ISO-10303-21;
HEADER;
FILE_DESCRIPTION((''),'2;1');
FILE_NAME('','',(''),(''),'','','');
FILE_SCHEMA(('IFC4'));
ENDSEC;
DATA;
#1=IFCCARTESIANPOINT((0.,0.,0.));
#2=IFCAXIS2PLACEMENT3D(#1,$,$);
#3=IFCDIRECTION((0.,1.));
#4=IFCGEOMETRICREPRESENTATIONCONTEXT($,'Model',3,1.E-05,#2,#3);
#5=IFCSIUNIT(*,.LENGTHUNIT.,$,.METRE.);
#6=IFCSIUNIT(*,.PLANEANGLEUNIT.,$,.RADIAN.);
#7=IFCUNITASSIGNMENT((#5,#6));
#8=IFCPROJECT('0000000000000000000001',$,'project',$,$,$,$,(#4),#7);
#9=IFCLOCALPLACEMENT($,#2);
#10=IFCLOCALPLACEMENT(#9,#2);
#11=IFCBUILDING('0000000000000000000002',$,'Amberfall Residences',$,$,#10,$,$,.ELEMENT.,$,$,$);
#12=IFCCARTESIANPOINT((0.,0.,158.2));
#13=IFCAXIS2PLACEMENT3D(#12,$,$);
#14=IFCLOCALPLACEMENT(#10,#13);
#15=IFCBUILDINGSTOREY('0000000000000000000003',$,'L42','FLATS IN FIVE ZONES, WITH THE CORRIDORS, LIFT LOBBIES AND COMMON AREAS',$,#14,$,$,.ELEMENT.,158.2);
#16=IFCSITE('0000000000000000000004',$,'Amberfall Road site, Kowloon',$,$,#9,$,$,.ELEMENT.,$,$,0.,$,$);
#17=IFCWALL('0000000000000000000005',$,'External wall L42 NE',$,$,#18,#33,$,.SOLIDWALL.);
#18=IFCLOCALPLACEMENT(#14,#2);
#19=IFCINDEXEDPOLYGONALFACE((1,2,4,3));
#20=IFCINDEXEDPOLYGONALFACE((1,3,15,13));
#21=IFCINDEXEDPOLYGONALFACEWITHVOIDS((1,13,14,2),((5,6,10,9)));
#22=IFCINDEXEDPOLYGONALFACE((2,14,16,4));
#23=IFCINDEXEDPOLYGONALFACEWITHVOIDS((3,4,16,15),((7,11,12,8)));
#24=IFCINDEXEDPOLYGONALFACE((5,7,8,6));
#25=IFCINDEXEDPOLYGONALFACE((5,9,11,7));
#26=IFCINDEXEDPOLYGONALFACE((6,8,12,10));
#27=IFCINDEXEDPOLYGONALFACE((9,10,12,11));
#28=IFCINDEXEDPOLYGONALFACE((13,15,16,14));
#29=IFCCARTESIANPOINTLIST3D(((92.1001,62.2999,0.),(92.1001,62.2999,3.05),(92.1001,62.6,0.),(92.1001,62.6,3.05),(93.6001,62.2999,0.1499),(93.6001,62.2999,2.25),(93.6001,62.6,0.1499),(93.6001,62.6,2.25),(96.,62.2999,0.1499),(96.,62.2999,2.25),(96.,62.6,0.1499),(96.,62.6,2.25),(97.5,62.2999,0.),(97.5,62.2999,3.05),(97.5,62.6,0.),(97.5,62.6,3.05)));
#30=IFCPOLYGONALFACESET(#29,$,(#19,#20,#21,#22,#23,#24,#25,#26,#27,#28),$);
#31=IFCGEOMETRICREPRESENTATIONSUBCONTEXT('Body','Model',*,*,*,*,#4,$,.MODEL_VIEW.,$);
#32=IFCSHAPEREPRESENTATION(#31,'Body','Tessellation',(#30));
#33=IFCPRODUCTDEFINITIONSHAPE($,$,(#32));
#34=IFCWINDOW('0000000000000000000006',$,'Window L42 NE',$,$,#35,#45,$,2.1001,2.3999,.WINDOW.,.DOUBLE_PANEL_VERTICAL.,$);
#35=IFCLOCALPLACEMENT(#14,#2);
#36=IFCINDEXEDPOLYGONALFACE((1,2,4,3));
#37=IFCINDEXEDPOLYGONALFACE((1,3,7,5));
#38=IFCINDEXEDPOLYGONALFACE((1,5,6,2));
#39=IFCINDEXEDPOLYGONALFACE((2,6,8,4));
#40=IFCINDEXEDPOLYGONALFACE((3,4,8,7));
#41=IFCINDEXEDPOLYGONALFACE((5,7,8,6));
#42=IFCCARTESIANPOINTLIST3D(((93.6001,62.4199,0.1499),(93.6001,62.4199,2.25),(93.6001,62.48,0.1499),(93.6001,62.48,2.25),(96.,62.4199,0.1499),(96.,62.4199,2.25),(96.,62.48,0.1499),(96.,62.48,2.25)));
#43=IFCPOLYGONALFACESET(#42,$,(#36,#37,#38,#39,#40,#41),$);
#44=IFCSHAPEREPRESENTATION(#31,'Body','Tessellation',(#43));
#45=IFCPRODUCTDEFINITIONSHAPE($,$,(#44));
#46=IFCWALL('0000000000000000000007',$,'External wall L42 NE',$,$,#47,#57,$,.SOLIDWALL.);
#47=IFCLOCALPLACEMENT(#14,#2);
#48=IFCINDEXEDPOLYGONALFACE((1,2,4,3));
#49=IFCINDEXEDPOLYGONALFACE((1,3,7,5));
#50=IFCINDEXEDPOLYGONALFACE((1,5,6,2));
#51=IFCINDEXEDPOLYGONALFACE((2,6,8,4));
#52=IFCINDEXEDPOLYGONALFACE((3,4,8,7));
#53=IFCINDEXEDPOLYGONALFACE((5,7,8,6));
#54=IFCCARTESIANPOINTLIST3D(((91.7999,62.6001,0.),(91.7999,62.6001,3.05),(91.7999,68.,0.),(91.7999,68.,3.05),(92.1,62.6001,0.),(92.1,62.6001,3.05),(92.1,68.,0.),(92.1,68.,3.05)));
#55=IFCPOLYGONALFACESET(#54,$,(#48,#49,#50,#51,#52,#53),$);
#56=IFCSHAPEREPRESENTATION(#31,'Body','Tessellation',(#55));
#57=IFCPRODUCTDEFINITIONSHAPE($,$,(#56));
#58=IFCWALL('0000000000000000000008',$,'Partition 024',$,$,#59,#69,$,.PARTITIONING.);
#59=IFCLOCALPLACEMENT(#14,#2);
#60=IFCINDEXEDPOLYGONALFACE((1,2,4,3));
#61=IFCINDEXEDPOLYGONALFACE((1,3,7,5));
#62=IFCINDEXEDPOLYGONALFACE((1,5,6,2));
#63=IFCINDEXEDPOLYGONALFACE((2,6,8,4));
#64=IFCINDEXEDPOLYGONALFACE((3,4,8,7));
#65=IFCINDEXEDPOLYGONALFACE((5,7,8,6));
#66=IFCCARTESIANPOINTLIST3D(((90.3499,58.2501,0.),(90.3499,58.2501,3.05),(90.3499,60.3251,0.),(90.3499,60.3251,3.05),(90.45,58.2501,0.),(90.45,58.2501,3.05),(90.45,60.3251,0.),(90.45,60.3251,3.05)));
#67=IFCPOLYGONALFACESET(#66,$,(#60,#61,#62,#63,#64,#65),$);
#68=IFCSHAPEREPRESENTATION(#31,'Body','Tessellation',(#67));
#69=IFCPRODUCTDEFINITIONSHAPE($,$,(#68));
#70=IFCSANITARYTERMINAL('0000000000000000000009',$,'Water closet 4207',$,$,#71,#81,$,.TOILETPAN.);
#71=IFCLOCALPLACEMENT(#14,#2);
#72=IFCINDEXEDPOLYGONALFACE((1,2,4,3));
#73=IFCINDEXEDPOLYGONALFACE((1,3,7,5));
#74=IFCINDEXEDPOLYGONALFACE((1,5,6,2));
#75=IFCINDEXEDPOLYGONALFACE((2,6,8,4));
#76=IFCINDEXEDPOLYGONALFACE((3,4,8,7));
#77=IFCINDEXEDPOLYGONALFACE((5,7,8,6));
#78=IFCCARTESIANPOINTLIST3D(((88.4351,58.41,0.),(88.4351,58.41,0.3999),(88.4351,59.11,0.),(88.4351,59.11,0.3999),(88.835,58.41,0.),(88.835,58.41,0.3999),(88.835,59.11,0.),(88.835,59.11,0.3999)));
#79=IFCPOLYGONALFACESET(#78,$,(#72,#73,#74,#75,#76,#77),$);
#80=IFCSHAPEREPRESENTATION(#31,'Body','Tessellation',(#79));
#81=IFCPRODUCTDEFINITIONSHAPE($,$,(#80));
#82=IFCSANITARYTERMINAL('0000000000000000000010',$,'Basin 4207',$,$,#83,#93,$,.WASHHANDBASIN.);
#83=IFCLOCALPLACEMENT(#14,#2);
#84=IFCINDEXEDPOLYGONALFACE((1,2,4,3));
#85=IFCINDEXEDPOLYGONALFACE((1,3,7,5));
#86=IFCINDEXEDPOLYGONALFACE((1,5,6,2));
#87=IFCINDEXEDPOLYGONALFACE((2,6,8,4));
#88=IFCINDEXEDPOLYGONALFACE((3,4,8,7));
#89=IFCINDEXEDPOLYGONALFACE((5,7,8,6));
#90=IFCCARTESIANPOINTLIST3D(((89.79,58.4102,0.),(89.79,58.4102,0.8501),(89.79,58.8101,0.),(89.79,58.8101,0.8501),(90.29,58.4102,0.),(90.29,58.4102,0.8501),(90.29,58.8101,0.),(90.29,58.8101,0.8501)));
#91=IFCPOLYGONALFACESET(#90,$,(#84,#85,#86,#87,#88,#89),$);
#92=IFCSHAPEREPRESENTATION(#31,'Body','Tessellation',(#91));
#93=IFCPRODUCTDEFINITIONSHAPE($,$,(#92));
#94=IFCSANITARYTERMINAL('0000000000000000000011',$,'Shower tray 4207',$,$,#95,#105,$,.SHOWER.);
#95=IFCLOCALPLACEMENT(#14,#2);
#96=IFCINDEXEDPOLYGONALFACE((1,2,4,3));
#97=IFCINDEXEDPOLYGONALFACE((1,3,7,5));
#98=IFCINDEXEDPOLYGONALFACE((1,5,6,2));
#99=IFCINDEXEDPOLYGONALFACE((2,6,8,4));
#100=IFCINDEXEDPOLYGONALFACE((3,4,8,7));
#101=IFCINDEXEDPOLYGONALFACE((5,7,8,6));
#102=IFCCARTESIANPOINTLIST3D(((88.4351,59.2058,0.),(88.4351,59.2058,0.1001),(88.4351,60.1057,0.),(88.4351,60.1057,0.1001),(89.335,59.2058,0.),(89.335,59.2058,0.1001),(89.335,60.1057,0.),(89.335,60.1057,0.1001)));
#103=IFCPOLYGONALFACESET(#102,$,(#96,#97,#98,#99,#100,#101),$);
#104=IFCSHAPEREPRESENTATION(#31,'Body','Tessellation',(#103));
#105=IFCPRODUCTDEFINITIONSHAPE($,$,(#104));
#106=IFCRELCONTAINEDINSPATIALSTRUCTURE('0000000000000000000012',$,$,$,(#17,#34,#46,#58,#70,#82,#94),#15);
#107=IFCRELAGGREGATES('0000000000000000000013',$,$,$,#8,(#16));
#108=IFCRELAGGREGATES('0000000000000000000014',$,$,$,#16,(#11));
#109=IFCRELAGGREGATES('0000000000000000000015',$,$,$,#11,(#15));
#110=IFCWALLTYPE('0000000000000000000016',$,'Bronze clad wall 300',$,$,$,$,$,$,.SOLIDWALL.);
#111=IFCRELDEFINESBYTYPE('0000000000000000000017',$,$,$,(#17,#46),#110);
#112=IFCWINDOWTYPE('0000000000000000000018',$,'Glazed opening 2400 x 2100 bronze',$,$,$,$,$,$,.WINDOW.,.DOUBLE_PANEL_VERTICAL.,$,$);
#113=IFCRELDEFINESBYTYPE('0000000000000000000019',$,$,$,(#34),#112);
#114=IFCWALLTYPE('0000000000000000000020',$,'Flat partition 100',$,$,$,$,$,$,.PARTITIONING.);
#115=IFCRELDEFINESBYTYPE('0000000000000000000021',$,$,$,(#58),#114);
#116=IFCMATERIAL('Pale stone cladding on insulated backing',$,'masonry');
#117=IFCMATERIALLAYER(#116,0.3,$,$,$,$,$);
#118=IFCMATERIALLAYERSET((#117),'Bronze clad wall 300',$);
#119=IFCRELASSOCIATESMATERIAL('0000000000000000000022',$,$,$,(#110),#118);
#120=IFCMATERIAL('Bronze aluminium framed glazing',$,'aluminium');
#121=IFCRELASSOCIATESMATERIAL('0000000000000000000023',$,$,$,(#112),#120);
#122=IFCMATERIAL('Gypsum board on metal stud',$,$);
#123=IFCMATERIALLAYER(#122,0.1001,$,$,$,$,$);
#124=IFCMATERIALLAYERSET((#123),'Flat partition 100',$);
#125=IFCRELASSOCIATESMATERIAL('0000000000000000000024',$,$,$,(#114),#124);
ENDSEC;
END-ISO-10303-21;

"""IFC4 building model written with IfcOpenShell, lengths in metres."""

from ifc_helpers import new_model, si_unit, direction, frame, frame_2d, origin, origin_2d, place, context, subcontext, project, spatial, rectangle, extrude, material, layer, layer_set, type_object, element, fill, save


model = new_model("IFC4")

# Units and contexts
model_context = context("Model", 3, precision=1e-05, world=origin(), true_north=direction((0.0, 1.0)))
body_context = subcontext(model_context, "Body", "Model", "MODEL_VIEW")
ifc_project = project(units=[si_unit("LENGTHUNIT", "METRE"), si_unit("PLANEANGLEUNIT", "RADIAN")], contexts=[model_context])

# Site, building, storey
site_placement = place(None, origin())
site = spatial("IfcSite", under=ifc_project, at=site_placement, Name="Amberfall Road site, Kowloon", CompositionType="ELEMENT", RefElevation=0.0)
building_placement = place(site_placement, origin())
building = spatial("IfcBuilding", under=site, at=building_placement, Name="Amberfall Residences", CompositionType="ELEMENT")
storey_placement = place(building_placement, frame((0.0, 0.0, 158.2)))
storey = spatial("IfcBuildingStorey", under=building, at=storey_placement, Name="L42", Description="FLATS IN FIVE ZONES, WITH THE CORRIDORS, LIFT LOBBIES AND COMMON AREAS", CompositionType="ELEMENT", Elevation=158.2)

# Wall, opening, window
ifc_material_1 = material(Name="Pale stone cladding on insulated backing", Category="masonry")
ifc_layer_1 = layer(ifc_material_1, 0.3)
ifc_layer_set_1 = layer_set([ifc_layer_1], Name="Bronze clad wall 300")
wall_type_1 = type_object("IfcWallType", Name="Bronze clad wall 300", PredefinedType="SOLIDWALL", material=ifc_layer_set_1)
wall_1_placement = place(storey_placement, frame((97.5, 62.45, 0.0), z_axis=(0.0, 0.0, 1.0), x_axis=(-1.0, 0.0, 0.0)))
wall_1 = element("IfcWall", 1, at=wall_1_placement, inside=storey, type_object=wall_type_1, Name="External wall L42 NE", PredefinedType="SOLIDWALL", context=body_context, shape_type="SweptSolid", body=[
    extrude(rectangle(XDim=5.3999, YDim=0.3, at=frame_2d((2.7, 0.0))), origin(), (0.0, 0.0, 1.0), 3.05),
])
opening_placement = place(wall_1_placement, frame((1.5, 0.0, 0.1499)))
opening = element("IfcOpeningElement", 2, at=opening_placement, cuts=wall_1, PredefinedType="OPENING", context=body_context, shape_type="SweptSolid", body=[
    extrude(rectangle(XDim=2.3999, YDim=2.1001, at=frame_2d((1.2, 1.05))), frame((0.0, 0.1599, 0.0), z_axis=(0.0, -1.0, 0.0), x_axis=(1.0, 0.0, 0.0)), (0.0, 0.0, 1.0), 0.3201),
])
ifc_material_2 = material(Name="Bronze aluminium framed glazing", Category="aluminium")
window_type = type_object("IfcWindowType", Name="Glazed opening 2400 x 2100 bronze", PartitioningType="DOUBLE_PANEL_VERTICAL", PredefinedType="WINDOW", material=ifc_material_2)
window_placement = place(opening_placement, origin())
window = element("IfcWindow", 3, at=window_placement, inside=storey, type_object=window_type, Name="Window L42 NE", OverallHeight=2.1001, OverallWidth=2.3999, PartitioningType="DOUBLE_PANEL_VERTICAL", PredefinedType="WINDOW", context=body_context, shape_type="SweptSolid", body=[
    extrude(rectangle(XDim=2.3999, YDim=2.1001, at=frame_2d((1.2, 1.05))), frame((0.0, 0.03, 0.0), z_axis=(0.0, -1.0, 0.0), x_axis=(1.0, 0.0, 0.0)), (0.0, 0.0, 1.0), 0.0601),
])
fill(opening, window)

# Walls
wall_2_placement = place(storey_placement, frame((91.95, 62.6001, 0.0), z_axis=(0.0, 0.0, 1.0), x_axis=(0.0, 1.0, 0.0)))
element("IfcWall", 4, at=wall_2_placement, inside=storey, type_object=wall_type_1, Name="External wall L42 NE", PredefinedType="SOLIDWALL", context=body_context, shape_type="SweptSolid", body=[
    extrude(rectangle(XDim=5.3999, YDim=0.3, at=frame_2d((2.7, 0.0))), origin(), (0.0, 0.0, 1.0), 3.05),
])
ifc_material_3 = material(Name="Gypsum board on metal stud")
ifc_layer_2 = layer(ifc_material_3, 0.1001)
ifc_layer_set_2 = layer_set([ifc_layer_2], Name="Flat partition 100")
wall_type_2 = type_object("IfcWallType", Name="Flat partition 100", PredefinedType="PARTITIONING", material=ifc_layer_set_2)
wall_3_placement = place(storey_placement, frame((90.3999, 58.25, 0.0), z_axis=(0.0, 0.0, 1.0), x_axis=(0.0, 1.0, 0.0)))
element("IfcWall", 5, at=wall_3_placement, inside=storey, type_object=wall_type_2, Name="Partition 024", PredefinedType="PARTITIONING", context=body_context, shape_type="SweptSolid", body=[
    extrude(rectangle(XDim=2.075, YDim=0.1001, at=frame_2d((1.0376, 0.0))), origin(), (0.0, 0.0, 1.0), 3.05),
])

# Sanitary terminals
sanitary_terminal_1_placement = place(storey_placement, frame((88.635, 58.76, 0.0), z_axis=(0.0, 0.0, 1.0), x_axis=(1.0, 0.0, 0.0)))
element("IfcSanitaryTerminal", 6, at=sanitary_terminal_1_placement, inside=storey, Name="Water closet 4207", PredefinedType="TOILETPAN", context=body_context, shape_type="SweptSolid", body=[
    extrude(rectangle(XDim=0.3999, YDim=0.7, at=origin_2d()), origin(), (0.0, 0.0, 1.0), 0.3999),
])
sanitary_terminal_2_placement = place(storey_placement, frame((90.04, 58.6101, 0.0), z_axis=(0.0, 0.0, 1.0), x_axis=(1.0, 0.0, 0.0)))
element("IfcSanitaryTerminal", 7, at=sanitary_terminal_2_placement, inside=storey, Name="Basin 4207", PredefinedType="WASHHANDBASIN", context=body_context, shape_type="SweptSolid", body=[
    extrude(rectangle(XDim=0.5, YDim=0.3999, at=origin_2d()), origin(), (0.0, 0.0, 1.0), 0.8501),
])
sanitary_terminal_3_placement = place(storey_placement, frame((88.885, 59.6558, 0.0), z_axis=(0.0, 0.0, 1.0), x_axis=(1.0, 0.0, 0.0)))
element("IfcSanitaryTerminal", 8, at=sanitary_terminal_3_placement, inside=storey, Name="Shower tray 4207", PredefinedType="SHOWER", context=body_context, shape_type="SweptSolid", body=[
    extrude(rectangle(XDim=0.8999, YDim=0.8999, at=origin_2d()), origin(), (0.0, 0.0, 1.0), 0.1001),
])

save(model, "model.ifc")
